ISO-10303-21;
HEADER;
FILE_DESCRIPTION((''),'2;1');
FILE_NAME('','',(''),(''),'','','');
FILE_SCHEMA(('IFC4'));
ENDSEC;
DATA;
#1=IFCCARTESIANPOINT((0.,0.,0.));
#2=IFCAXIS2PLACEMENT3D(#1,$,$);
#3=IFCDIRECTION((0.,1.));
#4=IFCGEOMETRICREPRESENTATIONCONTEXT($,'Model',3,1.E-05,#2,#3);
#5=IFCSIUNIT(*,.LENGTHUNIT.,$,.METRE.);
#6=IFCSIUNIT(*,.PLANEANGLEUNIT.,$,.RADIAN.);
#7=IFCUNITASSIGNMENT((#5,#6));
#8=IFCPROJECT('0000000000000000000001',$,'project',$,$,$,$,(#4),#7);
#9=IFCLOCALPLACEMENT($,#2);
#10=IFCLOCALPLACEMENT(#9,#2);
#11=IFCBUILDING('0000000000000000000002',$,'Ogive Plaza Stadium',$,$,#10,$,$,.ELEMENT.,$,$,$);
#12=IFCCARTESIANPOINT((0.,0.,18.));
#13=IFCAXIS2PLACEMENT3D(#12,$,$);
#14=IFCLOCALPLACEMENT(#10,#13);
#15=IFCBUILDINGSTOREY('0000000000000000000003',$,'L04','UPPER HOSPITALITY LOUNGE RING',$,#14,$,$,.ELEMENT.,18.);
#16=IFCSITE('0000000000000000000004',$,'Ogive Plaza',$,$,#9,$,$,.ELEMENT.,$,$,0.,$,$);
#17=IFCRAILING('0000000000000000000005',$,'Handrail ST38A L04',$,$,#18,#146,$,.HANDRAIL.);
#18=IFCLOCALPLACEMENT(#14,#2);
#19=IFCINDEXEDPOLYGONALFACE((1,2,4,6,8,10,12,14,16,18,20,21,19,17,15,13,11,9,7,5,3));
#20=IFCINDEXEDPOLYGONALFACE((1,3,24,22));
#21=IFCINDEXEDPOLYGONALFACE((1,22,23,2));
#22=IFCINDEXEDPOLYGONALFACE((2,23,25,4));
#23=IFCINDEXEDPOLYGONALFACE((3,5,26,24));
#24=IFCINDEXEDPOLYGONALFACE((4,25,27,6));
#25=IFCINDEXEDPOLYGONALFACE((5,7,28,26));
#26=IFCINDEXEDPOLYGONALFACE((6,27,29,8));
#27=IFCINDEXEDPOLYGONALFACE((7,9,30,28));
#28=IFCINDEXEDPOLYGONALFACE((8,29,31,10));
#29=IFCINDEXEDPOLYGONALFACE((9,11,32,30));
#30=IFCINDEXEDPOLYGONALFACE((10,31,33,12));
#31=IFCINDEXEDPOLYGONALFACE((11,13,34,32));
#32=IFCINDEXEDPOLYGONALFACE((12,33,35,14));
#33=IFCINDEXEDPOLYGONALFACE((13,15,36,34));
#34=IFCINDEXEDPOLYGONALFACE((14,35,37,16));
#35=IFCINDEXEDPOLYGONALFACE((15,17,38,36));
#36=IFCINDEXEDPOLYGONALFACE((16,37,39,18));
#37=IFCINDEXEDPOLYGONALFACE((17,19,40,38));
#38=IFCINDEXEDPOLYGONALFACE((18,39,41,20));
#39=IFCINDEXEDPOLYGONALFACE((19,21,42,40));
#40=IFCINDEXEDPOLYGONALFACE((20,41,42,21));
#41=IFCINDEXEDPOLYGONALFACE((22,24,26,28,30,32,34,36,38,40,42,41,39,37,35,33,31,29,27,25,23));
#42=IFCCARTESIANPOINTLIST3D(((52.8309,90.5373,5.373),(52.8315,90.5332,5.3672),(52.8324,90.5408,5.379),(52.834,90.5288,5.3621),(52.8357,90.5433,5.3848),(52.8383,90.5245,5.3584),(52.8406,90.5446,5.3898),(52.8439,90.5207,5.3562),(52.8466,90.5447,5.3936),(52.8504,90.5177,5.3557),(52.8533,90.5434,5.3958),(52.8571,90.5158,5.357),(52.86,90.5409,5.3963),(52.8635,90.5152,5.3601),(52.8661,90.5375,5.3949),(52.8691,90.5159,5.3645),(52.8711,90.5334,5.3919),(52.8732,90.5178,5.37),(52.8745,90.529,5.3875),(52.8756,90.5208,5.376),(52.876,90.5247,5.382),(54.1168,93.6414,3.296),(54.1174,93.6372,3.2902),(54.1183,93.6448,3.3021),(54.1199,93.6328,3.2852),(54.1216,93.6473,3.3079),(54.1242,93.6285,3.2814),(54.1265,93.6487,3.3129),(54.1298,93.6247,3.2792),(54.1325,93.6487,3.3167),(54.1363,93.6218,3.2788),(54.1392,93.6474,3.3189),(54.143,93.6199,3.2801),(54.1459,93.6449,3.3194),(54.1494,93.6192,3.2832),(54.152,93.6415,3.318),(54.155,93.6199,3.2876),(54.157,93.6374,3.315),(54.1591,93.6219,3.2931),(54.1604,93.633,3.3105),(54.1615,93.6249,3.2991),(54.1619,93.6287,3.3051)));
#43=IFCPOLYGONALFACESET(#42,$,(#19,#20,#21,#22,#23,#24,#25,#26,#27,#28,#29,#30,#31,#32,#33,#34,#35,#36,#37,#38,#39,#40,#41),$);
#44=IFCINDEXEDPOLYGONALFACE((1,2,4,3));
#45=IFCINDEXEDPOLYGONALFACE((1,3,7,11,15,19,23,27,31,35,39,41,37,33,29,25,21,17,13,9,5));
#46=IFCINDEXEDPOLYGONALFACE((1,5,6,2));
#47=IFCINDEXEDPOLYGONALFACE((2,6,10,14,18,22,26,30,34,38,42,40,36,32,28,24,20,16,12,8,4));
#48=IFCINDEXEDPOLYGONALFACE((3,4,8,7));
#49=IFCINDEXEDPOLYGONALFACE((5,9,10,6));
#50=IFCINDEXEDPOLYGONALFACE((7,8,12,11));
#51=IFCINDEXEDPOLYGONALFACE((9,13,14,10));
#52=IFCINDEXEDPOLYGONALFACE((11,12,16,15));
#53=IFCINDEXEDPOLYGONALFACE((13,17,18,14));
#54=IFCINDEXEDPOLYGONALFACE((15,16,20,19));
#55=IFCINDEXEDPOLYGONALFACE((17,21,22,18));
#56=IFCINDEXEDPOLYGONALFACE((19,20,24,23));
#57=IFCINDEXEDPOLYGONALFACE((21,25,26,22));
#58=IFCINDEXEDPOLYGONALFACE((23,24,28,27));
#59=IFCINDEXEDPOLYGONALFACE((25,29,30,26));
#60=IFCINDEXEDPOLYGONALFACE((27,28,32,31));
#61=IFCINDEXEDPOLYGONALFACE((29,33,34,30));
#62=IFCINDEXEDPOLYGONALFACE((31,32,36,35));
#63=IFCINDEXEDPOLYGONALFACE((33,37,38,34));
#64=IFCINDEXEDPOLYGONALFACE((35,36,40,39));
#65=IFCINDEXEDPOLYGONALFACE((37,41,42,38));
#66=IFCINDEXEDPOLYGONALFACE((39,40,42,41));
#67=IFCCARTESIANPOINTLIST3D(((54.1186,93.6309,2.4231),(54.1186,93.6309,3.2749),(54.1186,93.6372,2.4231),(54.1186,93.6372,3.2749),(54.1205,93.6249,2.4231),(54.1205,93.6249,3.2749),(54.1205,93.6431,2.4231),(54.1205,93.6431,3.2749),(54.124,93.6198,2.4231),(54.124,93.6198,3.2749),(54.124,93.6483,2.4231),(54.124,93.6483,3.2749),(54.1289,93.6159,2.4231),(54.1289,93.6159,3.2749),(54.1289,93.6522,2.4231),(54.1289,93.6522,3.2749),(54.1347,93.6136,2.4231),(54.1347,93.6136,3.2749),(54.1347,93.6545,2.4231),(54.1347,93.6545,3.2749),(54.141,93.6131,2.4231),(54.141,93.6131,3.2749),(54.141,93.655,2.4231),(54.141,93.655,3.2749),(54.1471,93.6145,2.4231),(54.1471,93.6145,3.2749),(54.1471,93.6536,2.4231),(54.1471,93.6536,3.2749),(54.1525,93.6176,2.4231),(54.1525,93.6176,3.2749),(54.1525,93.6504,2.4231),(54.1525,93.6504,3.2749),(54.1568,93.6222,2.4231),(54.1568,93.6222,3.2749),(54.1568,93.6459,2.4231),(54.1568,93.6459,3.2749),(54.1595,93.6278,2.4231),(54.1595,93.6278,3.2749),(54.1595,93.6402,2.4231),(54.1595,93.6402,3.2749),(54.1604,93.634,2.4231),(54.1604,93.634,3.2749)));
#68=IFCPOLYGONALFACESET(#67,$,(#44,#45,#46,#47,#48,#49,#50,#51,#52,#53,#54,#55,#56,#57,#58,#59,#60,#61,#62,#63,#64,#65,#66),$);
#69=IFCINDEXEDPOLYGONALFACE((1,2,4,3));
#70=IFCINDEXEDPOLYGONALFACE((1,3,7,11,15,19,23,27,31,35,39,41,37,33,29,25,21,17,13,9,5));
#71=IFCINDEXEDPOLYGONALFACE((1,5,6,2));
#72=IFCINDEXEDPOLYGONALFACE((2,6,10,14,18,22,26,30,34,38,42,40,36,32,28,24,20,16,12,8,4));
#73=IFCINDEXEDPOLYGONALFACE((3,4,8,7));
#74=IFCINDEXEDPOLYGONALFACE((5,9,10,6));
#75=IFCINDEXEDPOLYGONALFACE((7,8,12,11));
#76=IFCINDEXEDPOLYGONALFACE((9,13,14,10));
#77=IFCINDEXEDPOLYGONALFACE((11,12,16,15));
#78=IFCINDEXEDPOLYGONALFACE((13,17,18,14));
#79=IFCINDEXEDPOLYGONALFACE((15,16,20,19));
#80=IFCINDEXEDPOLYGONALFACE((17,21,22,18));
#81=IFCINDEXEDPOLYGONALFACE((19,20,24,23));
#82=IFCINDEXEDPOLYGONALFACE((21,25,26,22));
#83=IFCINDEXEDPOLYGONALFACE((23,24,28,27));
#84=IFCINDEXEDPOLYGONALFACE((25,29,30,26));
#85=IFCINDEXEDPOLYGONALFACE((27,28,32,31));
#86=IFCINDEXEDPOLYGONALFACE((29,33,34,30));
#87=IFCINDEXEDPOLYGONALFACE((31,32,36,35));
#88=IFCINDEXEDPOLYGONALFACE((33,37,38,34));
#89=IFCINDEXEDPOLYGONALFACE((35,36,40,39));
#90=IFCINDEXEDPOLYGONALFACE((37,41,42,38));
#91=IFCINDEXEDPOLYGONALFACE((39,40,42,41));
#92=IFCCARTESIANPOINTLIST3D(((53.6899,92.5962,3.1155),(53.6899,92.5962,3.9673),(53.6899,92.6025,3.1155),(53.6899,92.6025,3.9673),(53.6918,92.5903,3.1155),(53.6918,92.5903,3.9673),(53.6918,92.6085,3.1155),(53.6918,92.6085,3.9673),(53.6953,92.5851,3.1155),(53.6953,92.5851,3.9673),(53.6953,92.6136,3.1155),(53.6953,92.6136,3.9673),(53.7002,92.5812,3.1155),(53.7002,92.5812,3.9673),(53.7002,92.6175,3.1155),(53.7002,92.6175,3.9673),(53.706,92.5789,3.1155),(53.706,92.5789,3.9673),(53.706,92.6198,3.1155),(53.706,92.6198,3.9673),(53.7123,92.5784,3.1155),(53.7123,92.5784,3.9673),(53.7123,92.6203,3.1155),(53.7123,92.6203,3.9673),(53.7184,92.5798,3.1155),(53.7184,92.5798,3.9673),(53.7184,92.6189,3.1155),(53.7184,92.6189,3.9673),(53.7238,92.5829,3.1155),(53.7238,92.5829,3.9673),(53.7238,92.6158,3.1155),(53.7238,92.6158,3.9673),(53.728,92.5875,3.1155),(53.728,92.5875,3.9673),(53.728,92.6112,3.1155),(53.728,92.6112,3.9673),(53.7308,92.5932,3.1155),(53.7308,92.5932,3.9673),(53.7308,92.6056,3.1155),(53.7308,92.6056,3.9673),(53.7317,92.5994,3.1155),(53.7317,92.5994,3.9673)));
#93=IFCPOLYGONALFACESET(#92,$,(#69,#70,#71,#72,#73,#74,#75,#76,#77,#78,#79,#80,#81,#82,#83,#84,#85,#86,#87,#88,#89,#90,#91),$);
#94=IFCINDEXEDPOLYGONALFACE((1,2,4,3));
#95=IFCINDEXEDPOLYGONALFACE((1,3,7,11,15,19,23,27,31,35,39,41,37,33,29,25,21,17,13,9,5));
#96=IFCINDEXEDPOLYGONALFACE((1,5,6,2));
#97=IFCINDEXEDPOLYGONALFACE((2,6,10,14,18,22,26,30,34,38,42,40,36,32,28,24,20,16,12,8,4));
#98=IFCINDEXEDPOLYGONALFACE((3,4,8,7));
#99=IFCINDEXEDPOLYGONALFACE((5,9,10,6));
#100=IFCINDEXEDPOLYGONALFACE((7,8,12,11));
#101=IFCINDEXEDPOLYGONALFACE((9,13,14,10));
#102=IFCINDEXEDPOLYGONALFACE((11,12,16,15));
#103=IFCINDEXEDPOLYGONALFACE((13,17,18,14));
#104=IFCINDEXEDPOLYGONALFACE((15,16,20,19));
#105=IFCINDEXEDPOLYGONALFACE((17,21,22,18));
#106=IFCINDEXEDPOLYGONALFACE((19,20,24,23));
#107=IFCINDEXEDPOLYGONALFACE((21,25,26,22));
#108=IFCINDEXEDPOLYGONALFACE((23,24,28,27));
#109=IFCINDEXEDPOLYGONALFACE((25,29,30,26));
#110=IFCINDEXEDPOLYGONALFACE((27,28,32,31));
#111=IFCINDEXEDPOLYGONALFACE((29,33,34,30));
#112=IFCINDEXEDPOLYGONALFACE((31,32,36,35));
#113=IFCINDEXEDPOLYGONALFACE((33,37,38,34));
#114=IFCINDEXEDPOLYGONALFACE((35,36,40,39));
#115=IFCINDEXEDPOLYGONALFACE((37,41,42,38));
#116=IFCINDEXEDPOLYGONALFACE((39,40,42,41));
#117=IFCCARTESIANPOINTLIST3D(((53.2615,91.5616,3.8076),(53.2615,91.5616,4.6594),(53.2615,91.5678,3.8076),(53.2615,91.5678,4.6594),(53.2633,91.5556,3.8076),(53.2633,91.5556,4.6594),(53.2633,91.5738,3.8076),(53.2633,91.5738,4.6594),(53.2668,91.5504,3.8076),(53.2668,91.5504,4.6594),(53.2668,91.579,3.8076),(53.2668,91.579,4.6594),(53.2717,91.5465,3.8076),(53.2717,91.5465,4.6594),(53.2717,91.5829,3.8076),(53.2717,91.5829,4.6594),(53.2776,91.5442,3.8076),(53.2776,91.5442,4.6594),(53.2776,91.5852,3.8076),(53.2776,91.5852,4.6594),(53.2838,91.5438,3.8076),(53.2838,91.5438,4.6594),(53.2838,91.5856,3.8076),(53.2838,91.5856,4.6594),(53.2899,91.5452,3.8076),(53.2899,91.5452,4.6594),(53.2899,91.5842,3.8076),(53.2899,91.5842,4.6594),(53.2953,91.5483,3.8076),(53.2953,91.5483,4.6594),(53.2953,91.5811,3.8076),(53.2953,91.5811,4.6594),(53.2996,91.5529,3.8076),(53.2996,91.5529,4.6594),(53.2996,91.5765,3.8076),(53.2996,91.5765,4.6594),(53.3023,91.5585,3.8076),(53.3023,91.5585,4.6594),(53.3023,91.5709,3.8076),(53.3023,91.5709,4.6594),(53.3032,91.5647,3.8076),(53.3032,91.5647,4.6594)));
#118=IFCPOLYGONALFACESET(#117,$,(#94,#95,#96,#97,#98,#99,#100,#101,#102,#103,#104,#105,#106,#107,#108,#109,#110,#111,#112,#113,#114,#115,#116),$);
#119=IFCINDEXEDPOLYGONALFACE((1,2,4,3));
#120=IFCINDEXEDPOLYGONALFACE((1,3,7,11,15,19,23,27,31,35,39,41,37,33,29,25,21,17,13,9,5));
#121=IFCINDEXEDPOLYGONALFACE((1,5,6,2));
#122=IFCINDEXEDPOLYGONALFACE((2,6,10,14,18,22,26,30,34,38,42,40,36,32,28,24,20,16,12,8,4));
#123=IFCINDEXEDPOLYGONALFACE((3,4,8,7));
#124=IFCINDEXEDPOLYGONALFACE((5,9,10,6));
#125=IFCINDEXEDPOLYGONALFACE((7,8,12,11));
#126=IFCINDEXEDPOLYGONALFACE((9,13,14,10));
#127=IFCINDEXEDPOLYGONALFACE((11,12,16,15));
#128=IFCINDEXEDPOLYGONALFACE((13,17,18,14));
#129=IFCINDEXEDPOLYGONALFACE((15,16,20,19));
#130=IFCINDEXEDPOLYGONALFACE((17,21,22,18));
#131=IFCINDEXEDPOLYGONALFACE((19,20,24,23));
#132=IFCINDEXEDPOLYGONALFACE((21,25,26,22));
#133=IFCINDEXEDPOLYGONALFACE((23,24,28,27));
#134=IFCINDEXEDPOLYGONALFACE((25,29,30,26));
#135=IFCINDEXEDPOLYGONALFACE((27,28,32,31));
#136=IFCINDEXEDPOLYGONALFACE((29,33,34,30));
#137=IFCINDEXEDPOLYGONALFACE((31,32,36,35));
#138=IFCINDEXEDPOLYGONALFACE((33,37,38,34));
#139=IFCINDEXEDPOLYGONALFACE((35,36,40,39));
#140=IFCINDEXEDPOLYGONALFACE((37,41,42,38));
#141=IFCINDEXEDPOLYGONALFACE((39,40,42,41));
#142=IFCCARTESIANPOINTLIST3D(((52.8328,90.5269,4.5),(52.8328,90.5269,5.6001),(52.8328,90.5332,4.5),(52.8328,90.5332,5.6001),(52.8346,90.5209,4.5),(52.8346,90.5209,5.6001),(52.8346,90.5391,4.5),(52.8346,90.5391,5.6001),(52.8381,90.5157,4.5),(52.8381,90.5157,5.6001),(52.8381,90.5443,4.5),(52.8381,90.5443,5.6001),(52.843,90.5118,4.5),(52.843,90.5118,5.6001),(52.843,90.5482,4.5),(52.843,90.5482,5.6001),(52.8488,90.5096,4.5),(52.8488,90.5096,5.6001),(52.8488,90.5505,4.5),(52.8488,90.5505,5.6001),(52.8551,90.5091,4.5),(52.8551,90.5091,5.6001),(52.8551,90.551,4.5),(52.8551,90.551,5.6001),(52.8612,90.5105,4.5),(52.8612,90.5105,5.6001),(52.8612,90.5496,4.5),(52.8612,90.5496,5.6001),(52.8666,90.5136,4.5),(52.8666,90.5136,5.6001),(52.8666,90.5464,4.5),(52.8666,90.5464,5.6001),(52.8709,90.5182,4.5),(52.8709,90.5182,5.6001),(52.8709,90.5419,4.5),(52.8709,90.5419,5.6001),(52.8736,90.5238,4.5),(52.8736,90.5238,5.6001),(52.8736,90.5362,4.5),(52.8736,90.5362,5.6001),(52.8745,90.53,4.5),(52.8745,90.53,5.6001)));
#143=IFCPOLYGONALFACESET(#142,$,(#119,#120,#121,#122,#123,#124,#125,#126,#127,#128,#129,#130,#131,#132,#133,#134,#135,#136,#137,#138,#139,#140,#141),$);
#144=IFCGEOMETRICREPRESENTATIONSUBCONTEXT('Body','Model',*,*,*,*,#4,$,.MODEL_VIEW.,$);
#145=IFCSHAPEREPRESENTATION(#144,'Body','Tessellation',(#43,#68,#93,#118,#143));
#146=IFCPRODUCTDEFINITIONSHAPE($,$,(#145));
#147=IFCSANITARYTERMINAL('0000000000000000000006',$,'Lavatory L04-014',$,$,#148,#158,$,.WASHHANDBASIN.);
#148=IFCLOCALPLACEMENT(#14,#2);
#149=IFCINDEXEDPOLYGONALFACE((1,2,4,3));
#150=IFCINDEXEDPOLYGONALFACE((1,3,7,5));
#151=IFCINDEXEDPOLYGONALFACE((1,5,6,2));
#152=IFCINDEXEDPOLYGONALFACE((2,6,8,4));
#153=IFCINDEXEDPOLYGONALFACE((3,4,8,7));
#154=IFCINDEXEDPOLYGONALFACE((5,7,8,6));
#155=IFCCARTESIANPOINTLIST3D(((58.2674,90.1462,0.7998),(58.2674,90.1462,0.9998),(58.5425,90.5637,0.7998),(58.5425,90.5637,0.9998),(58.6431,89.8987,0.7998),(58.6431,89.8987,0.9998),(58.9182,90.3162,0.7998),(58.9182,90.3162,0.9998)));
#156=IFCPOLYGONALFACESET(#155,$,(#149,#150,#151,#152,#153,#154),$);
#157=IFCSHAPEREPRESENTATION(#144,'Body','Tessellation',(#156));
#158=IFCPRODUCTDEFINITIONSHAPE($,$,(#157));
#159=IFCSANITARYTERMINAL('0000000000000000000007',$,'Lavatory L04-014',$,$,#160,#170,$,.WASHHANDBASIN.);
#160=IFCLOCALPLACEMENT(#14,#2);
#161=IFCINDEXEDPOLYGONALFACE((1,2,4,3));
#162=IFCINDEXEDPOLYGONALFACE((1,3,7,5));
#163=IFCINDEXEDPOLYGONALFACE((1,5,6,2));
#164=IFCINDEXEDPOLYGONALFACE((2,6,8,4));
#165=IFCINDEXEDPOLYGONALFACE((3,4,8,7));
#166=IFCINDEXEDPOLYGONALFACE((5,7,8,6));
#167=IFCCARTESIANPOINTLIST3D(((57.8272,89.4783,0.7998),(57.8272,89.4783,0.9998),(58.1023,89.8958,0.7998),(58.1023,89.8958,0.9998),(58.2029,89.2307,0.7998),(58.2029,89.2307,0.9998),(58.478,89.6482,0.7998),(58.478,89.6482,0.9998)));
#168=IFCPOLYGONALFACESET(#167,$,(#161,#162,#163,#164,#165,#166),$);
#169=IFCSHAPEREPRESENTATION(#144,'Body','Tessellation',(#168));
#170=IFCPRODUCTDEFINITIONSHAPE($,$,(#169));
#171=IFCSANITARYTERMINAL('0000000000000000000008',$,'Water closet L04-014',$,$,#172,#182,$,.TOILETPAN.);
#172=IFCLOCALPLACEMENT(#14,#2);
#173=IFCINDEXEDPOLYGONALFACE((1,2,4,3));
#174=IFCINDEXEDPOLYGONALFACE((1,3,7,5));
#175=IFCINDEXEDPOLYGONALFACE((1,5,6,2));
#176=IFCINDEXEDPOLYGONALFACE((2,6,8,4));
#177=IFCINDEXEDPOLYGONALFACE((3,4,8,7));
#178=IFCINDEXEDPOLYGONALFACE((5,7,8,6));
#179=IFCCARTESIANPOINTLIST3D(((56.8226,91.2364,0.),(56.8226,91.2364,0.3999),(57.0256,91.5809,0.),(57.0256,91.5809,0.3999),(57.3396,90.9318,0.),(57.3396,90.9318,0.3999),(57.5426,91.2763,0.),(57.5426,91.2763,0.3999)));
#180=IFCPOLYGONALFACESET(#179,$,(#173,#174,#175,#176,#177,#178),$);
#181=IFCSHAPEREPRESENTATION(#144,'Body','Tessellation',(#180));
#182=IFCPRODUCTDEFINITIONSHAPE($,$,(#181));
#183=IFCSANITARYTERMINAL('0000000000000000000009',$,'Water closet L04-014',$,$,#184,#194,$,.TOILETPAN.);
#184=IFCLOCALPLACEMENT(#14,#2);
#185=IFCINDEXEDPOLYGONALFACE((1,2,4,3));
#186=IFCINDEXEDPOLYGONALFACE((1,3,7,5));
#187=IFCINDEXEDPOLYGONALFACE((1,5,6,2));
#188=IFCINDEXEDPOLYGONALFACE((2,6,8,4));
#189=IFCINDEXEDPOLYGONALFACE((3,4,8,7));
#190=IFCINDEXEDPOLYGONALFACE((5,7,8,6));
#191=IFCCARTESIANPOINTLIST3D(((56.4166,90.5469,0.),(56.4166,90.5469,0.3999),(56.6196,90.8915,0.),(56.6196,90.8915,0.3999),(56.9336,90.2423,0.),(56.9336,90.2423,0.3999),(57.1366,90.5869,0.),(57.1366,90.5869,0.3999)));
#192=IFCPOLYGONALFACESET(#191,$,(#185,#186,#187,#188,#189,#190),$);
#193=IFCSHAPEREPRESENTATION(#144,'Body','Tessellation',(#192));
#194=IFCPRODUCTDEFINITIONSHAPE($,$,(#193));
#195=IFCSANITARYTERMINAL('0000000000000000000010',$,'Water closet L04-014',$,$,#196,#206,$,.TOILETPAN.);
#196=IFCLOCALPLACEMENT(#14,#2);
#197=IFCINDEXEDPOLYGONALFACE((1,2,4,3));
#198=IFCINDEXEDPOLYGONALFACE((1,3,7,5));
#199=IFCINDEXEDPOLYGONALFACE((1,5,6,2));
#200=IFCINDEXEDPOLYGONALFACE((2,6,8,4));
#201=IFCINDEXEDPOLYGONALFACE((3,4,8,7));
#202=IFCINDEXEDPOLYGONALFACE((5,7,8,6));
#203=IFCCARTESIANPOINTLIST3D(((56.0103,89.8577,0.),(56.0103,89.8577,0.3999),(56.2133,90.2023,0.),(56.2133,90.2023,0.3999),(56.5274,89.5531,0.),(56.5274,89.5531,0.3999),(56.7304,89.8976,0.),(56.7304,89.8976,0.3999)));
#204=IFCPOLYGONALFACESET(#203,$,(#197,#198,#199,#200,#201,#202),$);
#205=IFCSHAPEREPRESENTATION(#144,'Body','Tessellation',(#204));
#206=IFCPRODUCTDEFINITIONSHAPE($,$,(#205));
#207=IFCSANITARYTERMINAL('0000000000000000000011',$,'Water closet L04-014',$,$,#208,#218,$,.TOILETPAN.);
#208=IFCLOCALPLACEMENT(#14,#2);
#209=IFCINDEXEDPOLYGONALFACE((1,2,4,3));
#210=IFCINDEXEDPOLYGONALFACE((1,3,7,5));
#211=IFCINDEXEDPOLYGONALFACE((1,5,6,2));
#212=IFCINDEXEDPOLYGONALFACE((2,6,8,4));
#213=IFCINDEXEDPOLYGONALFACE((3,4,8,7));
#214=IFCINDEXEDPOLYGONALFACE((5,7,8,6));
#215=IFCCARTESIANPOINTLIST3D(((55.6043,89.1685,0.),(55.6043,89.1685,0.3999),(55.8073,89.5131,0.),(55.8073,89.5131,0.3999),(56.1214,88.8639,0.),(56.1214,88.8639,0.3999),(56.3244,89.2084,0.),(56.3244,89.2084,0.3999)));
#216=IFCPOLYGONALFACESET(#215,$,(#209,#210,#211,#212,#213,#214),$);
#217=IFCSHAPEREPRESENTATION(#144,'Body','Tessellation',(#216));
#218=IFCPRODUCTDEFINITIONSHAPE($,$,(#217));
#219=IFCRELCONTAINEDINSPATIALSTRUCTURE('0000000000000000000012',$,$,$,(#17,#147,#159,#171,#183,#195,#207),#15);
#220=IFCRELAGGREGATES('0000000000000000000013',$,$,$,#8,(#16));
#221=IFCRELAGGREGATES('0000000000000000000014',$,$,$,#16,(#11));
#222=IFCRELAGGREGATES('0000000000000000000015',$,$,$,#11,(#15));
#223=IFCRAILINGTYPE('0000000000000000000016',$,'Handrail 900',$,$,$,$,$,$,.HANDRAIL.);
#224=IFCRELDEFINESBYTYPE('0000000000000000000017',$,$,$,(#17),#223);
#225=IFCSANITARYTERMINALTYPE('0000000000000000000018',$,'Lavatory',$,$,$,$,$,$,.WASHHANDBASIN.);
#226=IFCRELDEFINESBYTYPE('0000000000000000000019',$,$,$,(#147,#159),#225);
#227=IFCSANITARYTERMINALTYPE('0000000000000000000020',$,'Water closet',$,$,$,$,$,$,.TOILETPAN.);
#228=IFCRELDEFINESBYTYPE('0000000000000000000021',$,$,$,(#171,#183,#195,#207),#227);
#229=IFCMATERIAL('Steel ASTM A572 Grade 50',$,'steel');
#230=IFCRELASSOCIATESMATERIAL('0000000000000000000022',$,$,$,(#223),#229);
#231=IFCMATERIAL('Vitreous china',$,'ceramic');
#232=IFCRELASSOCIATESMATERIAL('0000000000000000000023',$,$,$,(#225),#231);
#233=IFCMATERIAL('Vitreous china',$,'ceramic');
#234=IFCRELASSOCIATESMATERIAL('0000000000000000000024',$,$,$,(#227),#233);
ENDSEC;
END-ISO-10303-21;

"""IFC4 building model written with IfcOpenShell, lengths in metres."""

from ifc_helpers import new_model, si_unit, direction, frame, origin, origin_2d, place, context, subcontext, project, spatial, rectangle, circle, extrude, material, type_object, element, save


model = new_model("IFC4")

# Units and contexts
model_context = context("Model", 3, precision=1e-05, world=origin(), true_north=direction((0.0, 1.0)))
body_context = subcontext(model_context, "Body", "Model", "MODEL_VIEW")
ifc_project = project(units=[si_unit("LENGTHUNIT", "METRE"), si_unit("PLANEANGLEUNIT", "RADIAN")], contexts=[model_context])

# Site, building, storey
site_placement = place(None, origin())
site = spatial("IfcSite", under=ifc_project, at=site_placement, Name="Ogive Plaza", CompositionType="ELEMENT", RefElevation=0.0)
building_placement = place(site_placement, origin())
building = spatial("IfcBuilding", under=site, at=building_placement, Name="Ogive Plaza Stadium", CompositionType="ELEMENT")
storey_placement = place(building_placement, frame((0.0, 0.0, 18.0)))
storey = spatial("IfcBuildingStorey", under=building, at=storey_placement, Name="L04", Description="UPPER HOSPITALITY LOUNGE RING", CompositionType="ELEMENT", Elevation=18.0)

# Railing
ifc_material_1 = material(Name="Steel ASTM A572 Grade 50", Category="steel")
railing_type_1 = type_object("IfcRailingType", Name="Handrail 900", PredefinedType="HANDRAIL", material=ifc_material_1)
railing_1_placement = place(storey_placement, frame((54.1394, 93.634, 2.4231)))
element("IfcRailing", 1, at=railing_1_placement, inside=storey, type_object=railing_type_1, Name="Handrail ST38A L04", PredefinedType="HANDRAIL", context=body_context, shape_type="SweptSolid", body=[
    extrude(circle(Radius=0.0239, at=origin_2d()), frame((0.0, 0.0, 0.876), z_axis=(-0.325548, -0.785839, 0.525809), x_axis=(0.923862, -0.382726, 0.0)), (0.0, 0.0, 1.0), 3.95),
    extrude(circle(Radius=0.021, at=origin_2d()), origin(), (0.0, 0.0, 1.0), 0.8518),
    extrude(circle(Radius=0.021, at=origin_2d()), frame((-0.4287, -1.0347, 0.6924)), (0.0, 0.0, 1.0), 0.8518),
    extrude(circle(Radius=0.021, at=origin_2d()), frame((-0.8572, -2.0693, 1.3845)), (0.0, 0.0, 1.0), 0.8518),
    extrude(circle(Radius=0.021, at=origin_2d()), frame((-1.2859, -3.104, 2.0769)), (0.0, 0.0, 1.0), 1.1001),
])

# Sanitary terminals
ifc_material_2 = material(Name="Vitreous china", Category="ceramic")
sanitary_terminal_type_1 = type_object("IfcSanitaryTerminalType", Name="Lavatory", PredefinedType="WASHHANDBASIN", material=ifc_material_2)
for number, where, z_axis, x_axis, name in (
    (2, (58.5928, 90.2312, 0.7998), (0.0, 0.0, 1.0), (-0.55022, -0.83502, 0.0), "Lavatory L04-014"),
    (3, (58.1526, 89.5632, 0.7998), (0.0, 0.0, 1.0), (-0.55022, -0.83502, 0.0), "Lavatory L04-014"),
):
    element("IfcSanitaryTerminal", number, at=place(storey_placement, frame(where, z_axis=z_axis, x_axis=x_axis)), inside=storey, type_object=sanitary_terminal_type_1, Name=name, PredefinedType="WASHHANDBASIN", context=body_context, shape_type="SweptSolid", body=[
        extrude(rectangle(XDim=0.5, YDim=0.45, at=origin_2d()), origin(), (0.0, 0.0, 1.0), 0.2),
    ])
ifc_material_3 = material(Name="Vitreous china", Category="ceramic")
sanitary_terminal_type_2 = type_object("IfcSanitaryTerminalType", Name="Water closet", PredefinedType="TOILETPAN", material=ifc_material_3)
for number, where, z_axis, x_axis, name in (
    (4, (57.1826, 91.2563, 0.0), (0.0, 0.0, 1.0), (-0.507624, -0.861579, 0.0), "Water closet L04-014"),
    (5, (56.7766, 90.5669, 0.0), (0.0, 0.0, 1.0), (-0.507624, -0.861579, 0.0), "Water closet L04-014"),
    (6, (56.3704, 89.8777, 0.0), (0.0, 0.0, 1.0), (-0.507624, -0.861579, 0.0), "Water closet L04-014"),
    (7, (55.9644, 89.1885, 0.0), (0.0, 0.0, 1.0), (-0.507624, -0.861579, 0.0), "Water closet L04-014"),
):
    element("IfcSanitaryTerminal", number, at=place(storey_placement, frame(where, z_axis=z_axis, x_axis=x_axis)), inside=storey, type_object=sanitary_terminal_type_2, Name=name, PredefinedType="TOILETPAN", context=body_context, shape_type="SweptSolid", body=[
        extrude(rectangle(XDim=0.3999, YDim=0.6001, at=origin_2d()), origin(), (0.0, 0.0, 1.0), 0.3999),
    ])

save(model, "model.ifc")
